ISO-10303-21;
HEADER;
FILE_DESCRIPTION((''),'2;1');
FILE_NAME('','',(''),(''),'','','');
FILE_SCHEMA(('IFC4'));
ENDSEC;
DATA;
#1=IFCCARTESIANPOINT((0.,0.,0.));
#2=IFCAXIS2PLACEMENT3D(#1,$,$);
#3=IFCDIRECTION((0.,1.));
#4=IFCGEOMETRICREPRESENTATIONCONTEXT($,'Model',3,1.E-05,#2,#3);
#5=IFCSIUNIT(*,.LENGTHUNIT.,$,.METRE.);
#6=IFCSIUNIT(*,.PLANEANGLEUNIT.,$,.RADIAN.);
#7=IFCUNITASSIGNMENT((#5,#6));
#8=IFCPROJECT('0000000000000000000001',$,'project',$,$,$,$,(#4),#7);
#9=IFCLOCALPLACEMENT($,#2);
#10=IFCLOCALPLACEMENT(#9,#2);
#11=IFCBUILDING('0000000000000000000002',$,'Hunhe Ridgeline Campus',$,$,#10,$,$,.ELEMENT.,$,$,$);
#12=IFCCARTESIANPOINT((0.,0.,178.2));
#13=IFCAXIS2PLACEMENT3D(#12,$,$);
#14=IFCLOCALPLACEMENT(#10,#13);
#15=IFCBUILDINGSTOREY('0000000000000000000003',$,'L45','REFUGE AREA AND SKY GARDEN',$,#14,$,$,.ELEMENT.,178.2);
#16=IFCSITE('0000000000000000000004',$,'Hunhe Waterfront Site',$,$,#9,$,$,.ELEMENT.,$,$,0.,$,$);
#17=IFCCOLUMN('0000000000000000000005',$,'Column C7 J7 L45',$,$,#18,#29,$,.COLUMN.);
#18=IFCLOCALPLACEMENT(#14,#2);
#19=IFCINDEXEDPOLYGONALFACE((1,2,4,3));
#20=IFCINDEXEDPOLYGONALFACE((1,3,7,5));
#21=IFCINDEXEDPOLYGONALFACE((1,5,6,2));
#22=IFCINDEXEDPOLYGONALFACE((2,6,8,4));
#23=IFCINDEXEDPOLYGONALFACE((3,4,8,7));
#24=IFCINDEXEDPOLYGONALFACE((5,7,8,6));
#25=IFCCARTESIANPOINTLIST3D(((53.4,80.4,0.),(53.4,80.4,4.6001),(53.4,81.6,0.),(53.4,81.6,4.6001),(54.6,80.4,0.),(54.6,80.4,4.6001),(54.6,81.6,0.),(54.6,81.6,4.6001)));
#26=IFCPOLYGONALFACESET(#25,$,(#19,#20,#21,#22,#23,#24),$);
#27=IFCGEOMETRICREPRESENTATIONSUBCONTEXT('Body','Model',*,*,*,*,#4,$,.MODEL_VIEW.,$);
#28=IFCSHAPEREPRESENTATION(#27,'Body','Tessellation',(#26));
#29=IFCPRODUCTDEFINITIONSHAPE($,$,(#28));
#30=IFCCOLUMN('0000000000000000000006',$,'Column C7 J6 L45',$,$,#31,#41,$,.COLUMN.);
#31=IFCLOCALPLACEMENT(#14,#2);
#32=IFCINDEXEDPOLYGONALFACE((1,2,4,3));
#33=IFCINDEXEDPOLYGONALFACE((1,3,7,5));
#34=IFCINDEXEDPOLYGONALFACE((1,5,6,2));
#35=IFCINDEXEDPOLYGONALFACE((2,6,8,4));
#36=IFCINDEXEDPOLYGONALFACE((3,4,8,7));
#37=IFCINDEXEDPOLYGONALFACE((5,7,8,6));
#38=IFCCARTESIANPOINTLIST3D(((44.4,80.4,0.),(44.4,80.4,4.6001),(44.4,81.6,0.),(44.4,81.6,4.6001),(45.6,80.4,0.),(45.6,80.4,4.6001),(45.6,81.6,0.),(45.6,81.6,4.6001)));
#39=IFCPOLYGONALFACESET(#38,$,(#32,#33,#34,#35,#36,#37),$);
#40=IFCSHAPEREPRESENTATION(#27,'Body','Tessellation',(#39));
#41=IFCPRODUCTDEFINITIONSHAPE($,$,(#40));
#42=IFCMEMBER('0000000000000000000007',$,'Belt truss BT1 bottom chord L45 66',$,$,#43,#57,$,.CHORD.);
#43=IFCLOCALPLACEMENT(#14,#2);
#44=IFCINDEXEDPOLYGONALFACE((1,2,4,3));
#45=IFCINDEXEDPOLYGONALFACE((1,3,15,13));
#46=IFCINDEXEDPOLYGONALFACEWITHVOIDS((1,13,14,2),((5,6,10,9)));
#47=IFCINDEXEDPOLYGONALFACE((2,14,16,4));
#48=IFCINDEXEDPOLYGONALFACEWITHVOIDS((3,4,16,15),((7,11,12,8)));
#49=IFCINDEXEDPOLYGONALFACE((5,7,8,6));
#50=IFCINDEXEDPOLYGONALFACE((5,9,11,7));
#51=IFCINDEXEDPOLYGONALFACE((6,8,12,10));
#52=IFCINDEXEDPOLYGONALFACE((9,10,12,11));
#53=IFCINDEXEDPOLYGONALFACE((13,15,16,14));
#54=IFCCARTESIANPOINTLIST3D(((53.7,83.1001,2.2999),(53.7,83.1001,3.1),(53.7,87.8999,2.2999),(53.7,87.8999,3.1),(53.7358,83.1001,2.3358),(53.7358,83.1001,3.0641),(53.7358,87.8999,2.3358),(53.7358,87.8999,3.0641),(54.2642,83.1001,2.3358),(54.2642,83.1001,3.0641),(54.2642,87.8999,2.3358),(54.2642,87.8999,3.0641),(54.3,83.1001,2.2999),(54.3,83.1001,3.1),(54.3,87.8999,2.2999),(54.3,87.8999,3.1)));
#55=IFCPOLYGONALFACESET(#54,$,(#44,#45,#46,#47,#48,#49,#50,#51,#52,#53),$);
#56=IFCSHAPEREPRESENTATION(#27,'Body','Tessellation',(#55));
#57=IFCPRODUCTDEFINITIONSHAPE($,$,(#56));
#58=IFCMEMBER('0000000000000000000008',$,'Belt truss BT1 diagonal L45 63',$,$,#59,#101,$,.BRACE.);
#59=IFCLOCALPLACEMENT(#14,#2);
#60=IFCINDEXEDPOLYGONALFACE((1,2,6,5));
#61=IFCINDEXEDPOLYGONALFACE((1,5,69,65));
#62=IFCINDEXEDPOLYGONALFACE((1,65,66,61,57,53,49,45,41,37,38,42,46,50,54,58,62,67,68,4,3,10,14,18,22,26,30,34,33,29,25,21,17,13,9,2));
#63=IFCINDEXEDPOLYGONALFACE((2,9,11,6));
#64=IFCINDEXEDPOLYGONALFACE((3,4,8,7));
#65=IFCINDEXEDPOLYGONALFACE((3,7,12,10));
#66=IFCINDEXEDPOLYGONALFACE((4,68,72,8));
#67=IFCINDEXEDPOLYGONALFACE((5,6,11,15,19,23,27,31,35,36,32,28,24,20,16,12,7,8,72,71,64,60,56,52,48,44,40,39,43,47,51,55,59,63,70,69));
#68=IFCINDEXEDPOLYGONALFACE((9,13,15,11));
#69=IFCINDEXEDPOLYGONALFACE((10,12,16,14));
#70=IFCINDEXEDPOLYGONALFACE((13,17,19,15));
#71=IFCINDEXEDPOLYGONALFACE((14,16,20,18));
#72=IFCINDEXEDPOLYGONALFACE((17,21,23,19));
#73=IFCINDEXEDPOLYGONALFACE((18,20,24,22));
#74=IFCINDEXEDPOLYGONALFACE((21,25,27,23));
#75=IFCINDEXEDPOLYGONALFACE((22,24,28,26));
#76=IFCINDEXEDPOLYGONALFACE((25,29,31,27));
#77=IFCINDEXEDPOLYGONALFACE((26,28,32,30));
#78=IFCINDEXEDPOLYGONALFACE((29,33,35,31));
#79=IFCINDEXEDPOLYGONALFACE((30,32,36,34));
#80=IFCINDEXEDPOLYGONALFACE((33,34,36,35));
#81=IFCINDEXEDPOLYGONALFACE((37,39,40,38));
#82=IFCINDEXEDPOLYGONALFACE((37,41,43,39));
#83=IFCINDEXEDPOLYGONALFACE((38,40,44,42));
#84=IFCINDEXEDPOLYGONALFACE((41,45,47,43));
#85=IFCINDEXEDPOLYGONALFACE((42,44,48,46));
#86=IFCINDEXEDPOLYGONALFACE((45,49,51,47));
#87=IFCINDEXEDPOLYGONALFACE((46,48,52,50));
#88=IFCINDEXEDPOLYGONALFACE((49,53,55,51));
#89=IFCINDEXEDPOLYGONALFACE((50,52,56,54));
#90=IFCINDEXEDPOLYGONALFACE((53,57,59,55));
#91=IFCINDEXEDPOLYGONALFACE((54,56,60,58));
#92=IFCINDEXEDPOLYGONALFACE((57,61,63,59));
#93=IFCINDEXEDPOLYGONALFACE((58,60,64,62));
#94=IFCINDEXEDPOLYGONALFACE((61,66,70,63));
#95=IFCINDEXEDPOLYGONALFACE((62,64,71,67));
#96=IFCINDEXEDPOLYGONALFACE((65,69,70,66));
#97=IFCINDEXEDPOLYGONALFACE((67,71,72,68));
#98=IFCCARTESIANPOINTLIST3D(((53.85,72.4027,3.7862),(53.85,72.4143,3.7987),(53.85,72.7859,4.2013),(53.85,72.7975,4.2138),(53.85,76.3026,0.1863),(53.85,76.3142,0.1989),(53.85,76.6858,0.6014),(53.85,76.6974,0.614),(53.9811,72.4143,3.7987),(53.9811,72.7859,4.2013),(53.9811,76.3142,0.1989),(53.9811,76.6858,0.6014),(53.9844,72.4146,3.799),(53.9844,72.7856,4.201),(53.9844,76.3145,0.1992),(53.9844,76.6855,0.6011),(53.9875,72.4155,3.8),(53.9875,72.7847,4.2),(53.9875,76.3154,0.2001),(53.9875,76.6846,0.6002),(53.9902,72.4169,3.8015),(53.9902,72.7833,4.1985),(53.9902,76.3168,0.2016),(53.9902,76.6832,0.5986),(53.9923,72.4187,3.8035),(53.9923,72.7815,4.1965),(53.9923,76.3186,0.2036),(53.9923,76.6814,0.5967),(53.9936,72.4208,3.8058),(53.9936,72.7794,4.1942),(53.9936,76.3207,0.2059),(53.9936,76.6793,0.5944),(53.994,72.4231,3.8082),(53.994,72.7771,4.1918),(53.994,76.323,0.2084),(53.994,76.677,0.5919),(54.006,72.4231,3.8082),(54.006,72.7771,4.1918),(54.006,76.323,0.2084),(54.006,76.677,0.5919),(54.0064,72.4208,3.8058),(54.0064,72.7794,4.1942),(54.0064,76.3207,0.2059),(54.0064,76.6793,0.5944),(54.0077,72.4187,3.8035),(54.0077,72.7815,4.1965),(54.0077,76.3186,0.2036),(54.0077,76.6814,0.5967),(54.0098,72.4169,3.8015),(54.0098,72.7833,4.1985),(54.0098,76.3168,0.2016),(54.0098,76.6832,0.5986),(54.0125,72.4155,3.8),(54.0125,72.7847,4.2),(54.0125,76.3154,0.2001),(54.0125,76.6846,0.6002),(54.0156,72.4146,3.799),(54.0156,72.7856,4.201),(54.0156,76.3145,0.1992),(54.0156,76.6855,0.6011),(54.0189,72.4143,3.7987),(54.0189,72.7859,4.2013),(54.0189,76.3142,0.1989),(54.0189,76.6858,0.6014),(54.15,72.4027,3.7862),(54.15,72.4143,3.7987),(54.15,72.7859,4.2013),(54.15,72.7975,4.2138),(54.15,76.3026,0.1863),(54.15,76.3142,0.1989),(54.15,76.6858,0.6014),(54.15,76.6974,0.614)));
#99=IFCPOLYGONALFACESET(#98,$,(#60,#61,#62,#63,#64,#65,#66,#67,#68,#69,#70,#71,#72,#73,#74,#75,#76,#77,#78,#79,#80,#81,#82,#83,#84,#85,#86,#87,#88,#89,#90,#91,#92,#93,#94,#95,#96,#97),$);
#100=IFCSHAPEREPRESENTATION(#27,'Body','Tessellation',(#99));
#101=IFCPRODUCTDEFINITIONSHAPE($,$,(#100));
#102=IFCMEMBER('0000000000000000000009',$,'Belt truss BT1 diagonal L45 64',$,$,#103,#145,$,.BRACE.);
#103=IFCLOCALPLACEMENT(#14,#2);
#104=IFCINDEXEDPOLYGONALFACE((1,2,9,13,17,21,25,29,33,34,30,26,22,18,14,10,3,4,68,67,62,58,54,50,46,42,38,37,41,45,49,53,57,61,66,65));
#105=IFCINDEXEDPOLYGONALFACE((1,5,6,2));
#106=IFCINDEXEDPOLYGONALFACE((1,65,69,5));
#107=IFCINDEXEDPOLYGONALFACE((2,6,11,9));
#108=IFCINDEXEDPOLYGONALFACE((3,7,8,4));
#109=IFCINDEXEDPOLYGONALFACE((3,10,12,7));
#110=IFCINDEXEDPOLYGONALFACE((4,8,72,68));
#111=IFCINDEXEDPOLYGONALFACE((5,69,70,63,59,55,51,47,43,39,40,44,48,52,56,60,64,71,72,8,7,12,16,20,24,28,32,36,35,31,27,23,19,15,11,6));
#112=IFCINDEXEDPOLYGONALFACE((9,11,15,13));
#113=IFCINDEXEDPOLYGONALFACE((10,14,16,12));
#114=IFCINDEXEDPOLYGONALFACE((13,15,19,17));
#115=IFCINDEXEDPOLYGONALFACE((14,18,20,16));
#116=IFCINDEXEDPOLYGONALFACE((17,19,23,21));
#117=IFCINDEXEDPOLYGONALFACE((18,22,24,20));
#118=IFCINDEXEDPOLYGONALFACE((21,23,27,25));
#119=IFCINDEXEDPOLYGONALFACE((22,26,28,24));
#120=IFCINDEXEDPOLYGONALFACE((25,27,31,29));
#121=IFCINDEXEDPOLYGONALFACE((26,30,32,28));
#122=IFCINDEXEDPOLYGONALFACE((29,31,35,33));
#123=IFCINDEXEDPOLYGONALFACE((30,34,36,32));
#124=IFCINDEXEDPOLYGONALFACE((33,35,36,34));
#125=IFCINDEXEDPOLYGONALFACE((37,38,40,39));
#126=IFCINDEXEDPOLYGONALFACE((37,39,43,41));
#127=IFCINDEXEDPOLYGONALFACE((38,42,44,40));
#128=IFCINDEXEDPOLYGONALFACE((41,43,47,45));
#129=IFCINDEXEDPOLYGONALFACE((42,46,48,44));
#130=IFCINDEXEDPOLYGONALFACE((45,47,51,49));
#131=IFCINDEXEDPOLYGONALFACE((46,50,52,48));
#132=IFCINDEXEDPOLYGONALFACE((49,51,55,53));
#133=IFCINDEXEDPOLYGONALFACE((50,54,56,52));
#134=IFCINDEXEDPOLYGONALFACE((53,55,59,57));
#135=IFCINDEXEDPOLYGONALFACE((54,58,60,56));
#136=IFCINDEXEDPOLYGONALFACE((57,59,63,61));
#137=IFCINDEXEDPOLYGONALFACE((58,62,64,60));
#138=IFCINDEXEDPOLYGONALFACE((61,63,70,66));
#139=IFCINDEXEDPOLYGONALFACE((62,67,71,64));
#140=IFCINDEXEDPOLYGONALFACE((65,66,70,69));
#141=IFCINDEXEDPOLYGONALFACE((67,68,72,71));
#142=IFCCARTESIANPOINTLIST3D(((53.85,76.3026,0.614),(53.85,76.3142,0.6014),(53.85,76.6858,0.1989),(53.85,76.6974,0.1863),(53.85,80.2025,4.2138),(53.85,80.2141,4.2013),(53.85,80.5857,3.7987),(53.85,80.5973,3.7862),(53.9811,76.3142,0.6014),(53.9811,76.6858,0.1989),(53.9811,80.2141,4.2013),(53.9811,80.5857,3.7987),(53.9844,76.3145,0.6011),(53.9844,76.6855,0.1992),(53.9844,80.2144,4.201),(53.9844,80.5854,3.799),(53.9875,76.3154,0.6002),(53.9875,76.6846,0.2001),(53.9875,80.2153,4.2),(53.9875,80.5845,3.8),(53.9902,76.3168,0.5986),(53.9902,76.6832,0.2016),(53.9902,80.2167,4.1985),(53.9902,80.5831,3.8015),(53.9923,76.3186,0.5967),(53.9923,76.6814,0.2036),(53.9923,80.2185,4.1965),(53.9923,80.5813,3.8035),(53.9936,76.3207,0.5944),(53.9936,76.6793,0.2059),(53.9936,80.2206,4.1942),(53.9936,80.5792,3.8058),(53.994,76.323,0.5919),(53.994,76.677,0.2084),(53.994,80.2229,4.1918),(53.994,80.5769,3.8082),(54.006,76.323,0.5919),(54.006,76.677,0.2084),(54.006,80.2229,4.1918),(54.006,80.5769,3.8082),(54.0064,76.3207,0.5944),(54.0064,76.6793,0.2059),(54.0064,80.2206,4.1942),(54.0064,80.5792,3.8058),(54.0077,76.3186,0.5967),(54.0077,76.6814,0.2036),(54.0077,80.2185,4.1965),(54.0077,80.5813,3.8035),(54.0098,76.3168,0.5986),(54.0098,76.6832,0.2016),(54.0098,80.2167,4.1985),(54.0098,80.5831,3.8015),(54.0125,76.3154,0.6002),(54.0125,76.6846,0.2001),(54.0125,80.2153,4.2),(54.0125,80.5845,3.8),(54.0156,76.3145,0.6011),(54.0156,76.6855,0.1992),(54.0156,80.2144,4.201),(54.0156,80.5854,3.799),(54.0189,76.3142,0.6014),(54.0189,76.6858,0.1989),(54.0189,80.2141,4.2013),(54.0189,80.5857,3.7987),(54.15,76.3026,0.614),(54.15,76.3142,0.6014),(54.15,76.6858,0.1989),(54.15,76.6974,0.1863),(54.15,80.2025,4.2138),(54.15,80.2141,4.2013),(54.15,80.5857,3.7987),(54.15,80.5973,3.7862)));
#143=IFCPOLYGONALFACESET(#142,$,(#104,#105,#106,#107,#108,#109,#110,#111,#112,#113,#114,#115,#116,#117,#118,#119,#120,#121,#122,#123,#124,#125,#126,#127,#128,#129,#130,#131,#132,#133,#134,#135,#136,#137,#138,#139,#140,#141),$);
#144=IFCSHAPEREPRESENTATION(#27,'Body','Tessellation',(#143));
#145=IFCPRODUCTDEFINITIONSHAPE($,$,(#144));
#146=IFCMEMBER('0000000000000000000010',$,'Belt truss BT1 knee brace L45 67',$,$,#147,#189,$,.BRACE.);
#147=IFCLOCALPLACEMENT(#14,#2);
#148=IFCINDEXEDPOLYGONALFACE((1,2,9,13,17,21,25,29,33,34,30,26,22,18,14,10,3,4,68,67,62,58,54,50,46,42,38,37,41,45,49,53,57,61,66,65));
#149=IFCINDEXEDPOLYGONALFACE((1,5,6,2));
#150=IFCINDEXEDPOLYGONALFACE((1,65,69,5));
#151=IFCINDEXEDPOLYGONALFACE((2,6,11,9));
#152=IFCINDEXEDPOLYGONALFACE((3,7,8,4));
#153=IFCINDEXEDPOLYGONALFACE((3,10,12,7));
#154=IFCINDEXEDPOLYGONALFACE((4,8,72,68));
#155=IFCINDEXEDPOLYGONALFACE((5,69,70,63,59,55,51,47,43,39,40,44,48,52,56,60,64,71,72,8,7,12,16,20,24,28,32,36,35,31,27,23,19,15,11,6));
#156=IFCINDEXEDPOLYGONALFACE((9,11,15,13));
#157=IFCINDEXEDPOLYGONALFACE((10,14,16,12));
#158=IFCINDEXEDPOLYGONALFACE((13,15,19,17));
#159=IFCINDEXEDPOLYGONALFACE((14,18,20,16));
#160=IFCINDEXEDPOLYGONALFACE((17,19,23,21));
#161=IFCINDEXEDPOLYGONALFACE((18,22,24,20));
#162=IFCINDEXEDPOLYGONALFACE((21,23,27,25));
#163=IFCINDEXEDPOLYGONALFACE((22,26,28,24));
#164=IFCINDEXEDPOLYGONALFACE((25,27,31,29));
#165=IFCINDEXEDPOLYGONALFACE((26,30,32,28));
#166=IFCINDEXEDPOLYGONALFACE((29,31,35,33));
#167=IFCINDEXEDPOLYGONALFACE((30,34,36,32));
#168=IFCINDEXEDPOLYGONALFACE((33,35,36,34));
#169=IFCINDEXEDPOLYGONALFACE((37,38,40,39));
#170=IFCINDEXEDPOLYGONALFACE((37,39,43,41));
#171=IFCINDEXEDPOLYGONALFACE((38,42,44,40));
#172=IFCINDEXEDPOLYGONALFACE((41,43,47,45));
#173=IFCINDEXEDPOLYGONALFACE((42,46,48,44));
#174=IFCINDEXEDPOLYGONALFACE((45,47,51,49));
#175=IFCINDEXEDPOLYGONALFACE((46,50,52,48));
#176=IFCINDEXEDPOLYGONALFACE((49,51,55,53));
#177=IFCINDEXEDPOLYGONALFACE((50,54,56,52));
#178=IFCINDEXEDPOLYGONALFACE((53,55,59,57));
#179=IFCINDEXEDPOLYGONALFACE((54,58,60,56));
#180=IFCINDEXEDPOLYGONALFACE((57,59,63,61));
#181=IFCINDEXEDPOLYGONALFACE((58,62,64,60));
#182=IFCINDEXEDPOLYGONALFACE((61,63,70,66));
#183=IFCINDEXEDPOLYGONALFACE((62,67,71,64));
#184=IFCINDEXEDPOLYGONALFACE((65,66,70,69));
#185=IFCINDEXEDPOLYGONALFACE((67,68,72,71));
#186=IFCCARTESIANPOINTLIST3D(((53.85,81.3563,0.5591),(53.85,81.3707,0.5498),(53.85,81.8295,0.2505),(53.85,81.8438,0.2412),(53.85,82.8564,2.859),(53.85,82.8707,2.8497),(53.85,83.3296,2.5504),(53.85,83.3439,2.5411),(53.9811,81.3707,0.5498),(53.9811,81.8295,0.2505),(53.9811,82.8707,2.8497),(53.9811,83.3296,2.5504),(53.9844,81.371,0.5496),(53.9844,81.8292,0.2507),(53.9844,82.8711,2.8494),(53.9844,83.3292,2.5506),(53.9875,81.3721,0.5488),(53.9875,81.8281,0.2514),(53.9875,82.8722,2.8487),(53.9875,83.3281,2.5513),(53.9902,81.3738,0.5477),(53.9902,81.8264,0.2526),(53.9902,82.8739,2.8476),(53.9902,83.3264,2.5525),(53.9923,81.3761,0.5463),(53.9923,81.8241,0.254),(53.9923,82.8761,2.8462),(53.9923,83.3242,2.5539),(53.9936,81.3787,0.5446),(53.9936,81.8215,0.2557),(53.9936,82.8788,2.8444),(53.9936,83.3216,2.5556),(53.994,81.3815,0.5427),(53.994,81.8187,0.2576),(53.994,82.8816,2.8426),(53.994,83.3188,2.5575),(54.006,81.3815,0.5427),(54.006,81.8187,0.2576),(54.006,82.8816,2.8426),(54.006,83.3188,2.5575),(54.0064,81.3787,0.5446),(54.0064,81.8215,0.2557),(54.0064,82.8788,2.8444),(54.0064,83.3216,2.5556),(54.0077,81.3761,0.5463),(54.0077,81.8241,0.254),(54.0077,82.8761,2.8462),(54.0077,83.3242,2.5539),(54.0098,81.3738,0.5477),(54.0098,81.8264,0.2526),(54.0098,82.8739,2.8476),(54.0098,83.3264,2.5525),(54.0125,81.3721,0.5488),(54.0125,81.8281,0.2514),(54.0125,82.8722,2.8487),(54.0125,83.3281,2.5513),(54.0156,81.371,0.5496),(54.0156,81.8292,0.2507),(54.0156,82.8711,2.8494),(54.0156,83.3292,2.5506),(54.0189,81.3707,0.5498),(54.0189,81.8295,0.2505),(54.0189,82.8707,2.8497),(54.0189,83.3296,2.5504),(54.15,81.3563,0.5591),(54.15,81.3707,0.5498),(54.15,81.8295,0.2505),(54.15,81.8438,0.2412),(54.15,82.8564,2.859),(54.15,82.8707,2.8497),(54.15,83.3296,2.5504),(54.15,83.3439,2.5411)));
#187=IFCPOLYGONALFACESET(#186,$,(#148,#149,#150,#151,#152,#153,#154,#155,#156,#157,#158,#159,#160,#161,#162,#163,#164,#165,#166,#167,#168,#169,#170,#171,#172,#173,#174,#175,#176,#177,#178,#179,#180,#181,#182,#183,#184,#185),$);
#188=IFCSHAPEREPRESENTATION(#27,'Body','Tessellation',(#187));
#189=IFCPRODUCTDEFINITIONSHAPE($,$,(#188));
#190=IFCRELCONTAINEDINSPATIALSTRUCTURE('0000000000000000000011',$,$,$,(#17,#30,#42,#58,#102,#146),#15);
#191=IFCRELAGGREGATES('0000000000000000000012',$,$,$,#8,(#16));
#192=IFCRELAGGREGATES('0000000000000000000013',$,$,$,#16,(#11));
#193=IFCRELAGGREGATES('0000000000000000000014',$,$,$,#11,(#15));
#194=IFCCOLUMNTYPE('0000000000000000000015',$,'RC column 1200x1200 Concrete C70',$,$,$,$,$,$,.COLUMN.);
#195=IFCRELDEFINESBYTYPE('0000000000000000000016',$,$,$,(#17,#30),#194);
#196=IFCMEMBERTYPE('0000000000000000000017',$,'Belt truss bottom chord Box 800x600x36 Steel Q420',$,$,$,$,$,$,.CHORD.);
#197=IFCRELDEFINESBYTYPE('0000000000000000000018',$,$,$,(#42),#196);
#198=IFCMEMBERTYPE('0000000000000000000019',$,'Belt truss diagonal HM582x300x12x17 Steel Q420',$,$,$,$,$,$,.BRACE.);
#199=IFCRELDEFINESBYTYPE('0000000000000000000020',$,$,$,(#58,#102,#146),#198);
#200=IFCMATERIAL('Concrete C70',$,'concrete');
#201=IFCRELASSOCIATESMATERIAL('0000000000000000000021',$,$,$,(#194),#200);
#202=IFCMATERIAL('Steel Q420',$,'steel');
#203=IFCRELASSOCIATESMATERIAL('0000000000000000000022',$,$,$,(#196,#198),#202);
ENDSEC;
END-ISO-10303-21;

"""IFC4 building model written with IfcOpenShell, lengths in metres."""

from ifc_helpers import new_model, si_unit, direction, frame, origin, origin_2d, place, context, subcontext, project, spatial, rectangle, hollow_rectangle, i_section, extrude, material, material_profile, profile_set, type_object, element, save


model = new_model("IFC4")

# Units and contexts
model_context = context("Model", 3, precision=1e-05, world=origin(), true_north=direction((0.0, 1.0)))
body_context = subcontext(model_context, "Body", "Model", "MODEL_VIEW")
ifc_project = project(units=[si_unit("LENGTHUNIT", "METRE"), si_unit("PLANEANGLEUNIT", "RADIAN")], contexts=[model_context])

# Site, building, storey
site_placement = place(None, origin())
site = spatial("IfcSite", under=ifc_project, at=site_placement, Name="Hunhe Waterfront Site", CompositionType="ELEMENT", RefElevation=0.0)
building_placement = place(site_placement, origin())
building = spatial("IfcBuilding", under=site, at=building_placement, Name="Hunhe Ridgeline Campus", CompositionType="ELEMENT")
storey_placement = place(building_placement, frame((0.0, 0.0, 178.2)))
storey = spatial("IfcBuildingStorey", under=building, at=storey_placement, Name="L45", Description="REFUGE AREA AND SKY GARDEN", CompositionType="ELEMENT", Elevation=178.2)

# Columns
ifc_material_1 = material(Name="Concrete C70", Category="concrete")
ifc_material_profile_1 = material_profile(ifc_material_1, rectangle(XDim=1.2, YDim=1.2, at=origin_2d()))
ifc_profile_set_1 = profile_set([ifc_material_profile_1], Name="Concrete C70")
column_type = type_object("IfcColumnType", Name="RC column 1200x1200 Concrete C70", PredefinedType="COLUMN", material=ifc_profile_set_1)
for number, where, z_axis, x_axis, name in (
    (1, (54.0, 81.0, 0.0), (0.0, 0.0, 1.0), (1.0, 0.0, 0.0), "Column C7 J7 L45"),
    (2, (45.0, 81.0, 0.0), (0.0, 0.0, 1.0), (1.0, 0.0, 0.0), "Column C7 J6 L45"),
):
    element("IfcColumn", number, at=place(storey_placement, frame(where, z_axis=z_axis, x_axis=x_axis)), inside=storey, type_object=column_type, Name=name, PredefinedType="COLUMN", context=body_context, shape_type="SweptSolid", body=[
        extrude(rectangle(XDim=1.2, YDim=1.2, at=origin_2d()), origin(), (0.0, 0.0, 1.0), 4.6001),
    ])

# Members
ifc_material_2 = material(Name="Steel Q420", Category="steel")
ifc_material_profile_2 = material_profile(ifc_material_2, hollow_rectangle(XDim=0.6001, YDim=0.8, WallThickness=0.0359, at=origin_2d()))
ifc_profile_set_2 = profile_set([ifc_material_profile_2], Name="Steel Q420")
member_type_1 = type_object("IfcMemberType", Name="Belt truss bottom chord Box 800x600x36 Steel Q420", PredefinedType="CHORD", material=ifc_profile_set_2)
member_1_placement = place(storey_placement, frame((54.0, 83.1001, 2.7), z_axis=(0.0, 1.0, 0.0), x_axis=(-1.0, 0.0, 0.0)))
element("IfcMember", 3, at=member_1_placement, inside=storey, type_object=member_type_1, Name="Belt truss BT1 bottom chord L45 66", PredefinedType="CHORD", context=body_context, shape_type="SweptSolid", body=[
    extrude(hollow_rectangle(XDim=0.6001, YDim=0.8, WallThickness=0.0359, at=origin_2d()), origin(), (0.0, 0.0, 1.0), 4.7998),
])
ifc_material_profile_3 = material_profile(ifc_material_2, i_section(OverallWidth=0.3, OverallDepth=0.582, WebThickness=0.012, FlangeThickness=0.0171, FilletRadius=0.0129, at=origin_2d()))
ifc_profile_set_3 = profile_set([ifc_material_profile_3], Name="Steel Q420")
member_type_2 = type_object("IfcMemberType", Name="Belt truss diagonal HM582x300x12x17 Steel Q420", PredefinedType="BRACE", material=ifc_profile_set_3)
for number, where, z_axis, x_axis, name in (
    (4, (54.0, 72.6001, 4.0), (0.0, 0.734809, -0.678274), (-1.0, 0.0, 0.0), "Belt truss BT1 diagonal L45 63"),
    (5, (54.0, 76.5, 0.4001), (0.0, 0.734809, 0.678274), (-1.0, 0.0, 0.0), "Belt truss BT1 diagonal L45 64"),
):
    element("IfcMember", number, at=place(storey_placement, frame(where, z_axis=z_axis, x_axis=x_axis)), inside=storey, type_object=member_type_2, Name=name, PredefinedType="BRACE", context=body_context, shape_type="SweptSolid", body=[
        extrude(i_section(OverallWidth=0.3, OverallDepth=0.582, WebThickness=0.012, FlangeThickness=0.0171, FilletRadius=0.0129, at=origin_2d()), origin(), (0.0, 0.0, 1.0), 5.3074),
    ])
for number, where, z_axis, x_axis, name in (
    (6, (54.0, 81.6001, 0.4001), (0.0, 0.5463, 0.837589), (-1.0, 0.0, 0.0), "Belt truss BT1 knee brace L45 67"),
):
    element("IfcMember", number, at=place(storey_placement, frame(where, z_axis=z_axis, x_axis=x_axis)), inside=storey, type_object=member_type_2, Name=name, PredefinedType="BRACE", context=body_context, shape_type="SweptSolid", body=[
        extrude(i_section(OverallWidth=0.3, OverallDepth=0.582, WebThickness=0.012, FlangeThickness=0.0171, FilletRadius=0.0129, at=origin_2d()), origin(), (0.0, 0.0, 1.0), 2.7458),
    ])

save(model, "model.ifc")
